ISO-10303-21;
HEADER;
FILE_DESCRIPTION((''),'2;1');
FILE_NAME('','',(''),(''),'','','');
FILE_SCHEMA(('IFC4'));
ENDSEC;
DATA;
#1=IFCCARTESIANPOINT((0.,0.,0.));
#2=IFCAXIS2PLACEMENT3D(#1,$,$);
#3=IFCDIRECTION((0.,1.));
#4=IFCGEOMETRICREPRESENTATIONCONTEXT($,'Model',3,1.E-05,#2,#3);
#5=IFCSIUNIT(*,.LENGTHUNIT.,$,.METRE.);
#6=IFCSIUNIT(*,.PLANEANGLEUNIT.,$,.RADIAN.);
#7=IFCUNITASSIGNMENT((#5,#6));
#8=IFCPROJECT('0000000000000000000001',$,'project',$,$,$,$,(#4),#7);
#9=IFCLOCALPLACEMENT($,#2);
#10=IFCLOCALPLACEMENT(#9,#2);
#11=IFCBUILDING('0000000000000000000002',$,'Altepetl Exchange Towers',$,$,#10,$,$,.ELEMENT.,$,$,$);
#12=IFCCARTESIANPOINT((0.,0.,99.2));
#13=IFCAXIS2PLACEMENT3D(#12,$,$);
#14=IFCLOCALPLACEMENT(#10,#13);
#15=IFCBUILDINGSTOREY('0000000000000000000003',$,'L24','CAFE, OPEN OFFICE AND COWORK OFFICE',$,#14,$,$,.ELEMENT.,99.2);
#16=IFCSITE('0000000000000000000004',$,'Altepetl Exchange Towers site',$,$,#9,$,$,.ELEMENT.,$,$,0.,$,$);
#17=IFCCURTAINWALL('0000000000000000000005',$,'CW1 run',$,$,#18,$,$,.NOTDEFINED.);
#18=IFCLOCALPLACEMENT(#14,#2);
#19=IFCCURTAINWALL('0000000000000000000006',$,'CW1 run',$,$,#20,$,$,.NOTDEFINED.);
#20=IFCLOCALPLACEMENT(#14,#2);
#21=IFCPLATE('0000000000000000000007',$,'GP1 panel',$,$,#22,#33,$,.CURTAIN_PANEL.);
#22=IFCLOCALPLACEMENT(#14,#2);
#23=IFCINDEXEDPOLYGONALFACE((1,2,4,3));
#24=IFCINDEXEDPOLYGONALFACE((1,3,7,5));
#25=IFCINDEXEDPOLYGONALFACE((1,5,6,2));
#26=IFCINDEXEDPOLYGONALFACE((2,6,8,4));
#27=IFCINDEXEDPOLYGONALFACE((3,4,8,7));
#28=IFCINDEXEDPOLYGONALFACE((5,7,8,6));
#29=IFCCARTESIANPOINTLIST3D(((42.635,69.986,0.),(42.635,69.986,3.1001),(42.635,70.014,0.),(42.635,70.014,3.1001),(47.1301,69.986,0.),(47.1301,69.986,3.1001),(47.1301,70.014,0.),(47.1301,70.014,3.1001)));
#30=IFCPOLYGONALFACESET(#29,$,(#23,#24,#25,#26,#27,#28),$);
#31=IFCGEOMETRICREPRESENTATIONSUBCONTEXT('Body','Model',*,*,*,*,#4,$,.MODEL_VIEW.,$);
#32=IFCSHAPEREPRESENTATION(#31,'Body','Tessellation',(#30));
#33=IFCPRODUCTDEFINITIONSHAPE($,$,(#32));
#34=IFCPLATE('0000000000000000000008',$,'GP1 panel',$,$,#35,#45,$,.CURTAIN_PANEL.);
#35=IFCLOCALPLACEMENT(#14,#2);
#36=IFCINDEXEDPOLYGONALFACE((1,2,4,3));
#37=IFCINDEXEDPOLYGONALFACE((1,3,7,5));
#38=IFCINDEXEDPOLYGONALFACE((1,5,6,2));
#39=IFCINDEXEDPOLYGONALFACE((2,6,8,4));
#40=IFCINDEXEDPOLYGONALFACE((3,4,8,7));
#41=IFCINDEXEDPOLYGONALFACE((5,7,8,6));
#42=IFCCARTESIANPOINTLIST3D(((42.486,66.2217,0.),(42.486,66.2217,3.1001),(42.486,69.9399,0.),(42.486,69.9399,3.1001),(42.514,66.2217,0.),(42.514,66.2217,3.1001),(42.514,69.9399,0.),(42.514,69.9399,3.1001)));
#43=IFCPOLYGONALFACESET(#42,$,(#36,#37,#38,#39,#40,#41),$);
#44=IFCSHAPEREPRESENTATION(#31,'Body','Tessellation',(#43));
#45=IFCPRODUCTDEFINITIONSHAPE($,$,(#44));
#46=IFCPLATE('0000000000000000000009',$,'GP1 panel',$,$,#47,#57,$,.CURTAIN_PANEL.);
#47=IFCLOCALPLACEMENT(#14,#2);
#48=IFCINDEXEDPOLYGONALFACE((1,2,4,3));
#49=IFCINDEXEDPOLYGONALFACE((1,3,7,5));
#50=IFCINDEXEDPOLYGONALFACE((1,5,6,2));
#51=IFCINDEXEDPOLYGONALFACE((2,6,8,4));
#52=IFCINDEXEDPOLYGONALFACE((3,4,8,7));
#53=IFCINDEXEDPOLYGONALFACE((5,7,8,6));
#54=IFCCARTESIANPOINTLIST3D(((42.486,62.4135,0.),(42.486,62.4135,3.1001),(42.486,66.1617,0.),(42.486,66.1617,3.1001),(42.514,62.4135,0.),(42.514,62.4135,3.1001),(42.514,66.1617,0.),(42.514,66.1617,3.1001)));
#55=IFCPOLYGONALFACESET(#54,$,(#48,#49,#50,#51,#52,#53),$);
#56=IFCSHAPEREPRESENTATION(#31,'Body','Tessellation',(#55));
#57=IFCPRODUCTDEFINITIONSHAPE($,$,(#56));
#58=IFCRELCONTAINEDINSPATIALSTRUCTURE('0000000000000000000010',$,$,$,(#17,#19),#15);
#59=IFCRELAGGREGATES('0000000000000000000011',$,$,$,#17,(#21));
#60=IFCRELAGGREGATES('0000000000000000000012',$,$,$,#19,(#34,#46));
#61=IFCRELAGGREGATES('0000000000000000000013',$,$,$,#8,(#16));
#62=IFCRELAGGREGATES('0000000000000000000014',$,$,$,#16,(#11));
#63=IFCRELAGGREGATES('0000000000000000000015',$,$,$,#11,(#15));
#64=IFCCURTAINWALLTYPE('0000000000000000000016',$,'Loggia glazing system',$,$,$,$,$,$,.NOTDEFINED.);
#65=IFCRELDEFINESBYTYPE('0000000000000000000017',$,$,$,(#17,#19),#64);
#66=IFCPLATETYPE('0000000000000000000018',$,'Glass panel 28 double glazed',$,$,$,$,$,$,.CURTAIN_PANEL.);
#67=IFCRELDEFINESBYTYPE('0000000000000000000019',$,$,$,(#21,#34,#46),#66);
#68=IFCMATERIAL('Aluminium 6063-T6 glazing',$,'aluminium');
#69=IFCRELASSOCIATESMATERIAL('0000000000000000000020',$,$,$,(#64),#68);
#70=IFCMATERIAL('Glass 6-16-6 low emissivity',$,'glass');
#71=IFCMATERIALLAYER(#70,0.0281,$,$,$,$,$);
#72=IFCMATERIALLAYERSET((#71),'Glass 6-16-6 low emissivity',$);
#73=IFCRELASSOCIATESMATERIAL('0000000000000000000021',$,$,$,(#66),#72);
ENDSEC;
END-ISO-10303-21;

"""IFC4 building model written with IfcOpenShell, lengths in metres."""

from ifc_helpers import new_model, si_unit, direction, frame, origin, origin_2d, place, context, subcontext, project, spatial, rectangle, extrude, material, layer, layer_set, type_object, element, aggregate, save


model = new_model("IFC4")

# Units and contexts
model_context = context("Model", 3, precision=1e-05, world=origin(), true_north=direction((0.0, 1.0)))
body_context = subcontext(model_context, "Body", "Model", "MODEL_VIEW")
ifc_project = project(units=[si_unit("LENGTHUNIT", "METRE"), si_unit("PLANEANGLEUNIT", "RADIAN")], contexts=[model_context])

# Site, building, storey
site_placement = place(None, origin())
site = spatial("IfcSite", under=ifc_project, at=site_placement, Name="Altepetl Exchange Towers site", CompositionType="ELEMENT", RefElevation=0.0)
building_placement = place(site_placement, origin())
building = spatial("IfcBuilding", under=site, at=building_placement, Name="Altepetl Exchange Towers", CompositionType="ELEMENT")
storey_placement = place(building_placement, frame((0.0, 0.0, 99.2)))
storey = spatial("IfcBuildingStorey", under=building, at=storey_placement, Name="L24", Description="CAFE, OPEN OFFICE AND COWORK OFFICE", CompositionType="ELEMENT", Elevation=99.2)

# Curtain walls
ifc_material_1 = material(Name="Aluminium 6063-T6 glazing", Category="aluminium")
curtain_wall_type = type_object("IfcCurtainWallType", Name="Loggia glazing system", PredefinedType="NOTDEFINED", material=ifc_material_1)
curtain_wall_1_placement = place(storey_placement, origin())
curtain_wall_1 = element("IfcCurtainWall", 1, at=curtain_wall_1_placement, inside=storey, type_object=curtain_wall_type, Name="CW1 run", PredefinedType="NOTDEFINED")
curtain_wall_2_placement = place(storey_placement, origin())
curtain_wall_2 = element("IfcCurtainWall", 2, at=curtain_wall_2_placement, inside=storey, type_object=curtain_wall_type, Name="CW1 run", PredefinedType="NOTDEFINED")

# Plates
ifc_material_2 = material(Name="Glass 6-16-6 low emissivity", Category="glass")
ifc_layer = layer(ifc_material_2, 0.0281)
ifc_layer_set = layer_set([ifc_layer], Name="Glass 6-16-6 low emissivity")
plate_type = type_object("IfcPlateType", Name="Glass panel 28 double glazed", PredefinedType="CURTAIN_PANEL", material=ifc_layer_set)
plate_1_placement = place(storey_placement, frame((44.8826, 70.0, 0.0), z_axis=(0.0, 0.0, 1.0), x_axis=(-1.0, 0.0, 0.0)))
plate_1 = element("IfcPlate", 3, at=plate_1_placement, type_object=plate_type, Name="GP1 panel", PredefinedType="CURTAIN_PANEL", context=body_context, shape_type="SweptSolid", body=[
    extrude(rectangle(XDim=4.4951, YDim=0.0281, at=origin_2d()), origin(), (0.0, 0.0, 1.0), 3.1001),
])
aggregate(curtain_wall_1, [plate_1])
plate_2_placement = place(storey_placement, frame((42.5, 68.0808, 0.0), z_axis=(0.0, 0.0, 1.0), x_axis=(0.0, -1.0, 0.0)))
plate_2 = element("IfcPlate", 4, at=plate_2_placement, type_object=plate_type, Name="GP1 panel", PredefinedType="CURTAIN_PANEL", context=body_context, shape_type="SweptSolid", body=[
    extrude(rectangle(XDim=3.7183, YDim=0.0281, at=origin_2d()), origin(), (0.0, 0.0, 1.0), 3.1001),
])
plate_3_placement = place(storey_placement, frame((42.5, 64.2876, 0.0), z_axis=(0.0, 0.0, 1.0), x_axis=(0.0, -1.0, 0.0)))
plate_3 = element("IfcPlate", 5, at=plate_3_placement, type_object=plate_type, Name="GP1 panel", PredefinedType="CURTAIN_PANEL", context=body_context, shape_type="SweptSolid", body=[
    extrude(rectangle(XDim=3.7483, YDim=0.0281, at=origin_2d()), origin(), (0.0, 0.0, 1.0), 3.1001),
])
aggregate(curtain_wall_2, [plate_2, plate_3])

save(model, "model.ifc")
